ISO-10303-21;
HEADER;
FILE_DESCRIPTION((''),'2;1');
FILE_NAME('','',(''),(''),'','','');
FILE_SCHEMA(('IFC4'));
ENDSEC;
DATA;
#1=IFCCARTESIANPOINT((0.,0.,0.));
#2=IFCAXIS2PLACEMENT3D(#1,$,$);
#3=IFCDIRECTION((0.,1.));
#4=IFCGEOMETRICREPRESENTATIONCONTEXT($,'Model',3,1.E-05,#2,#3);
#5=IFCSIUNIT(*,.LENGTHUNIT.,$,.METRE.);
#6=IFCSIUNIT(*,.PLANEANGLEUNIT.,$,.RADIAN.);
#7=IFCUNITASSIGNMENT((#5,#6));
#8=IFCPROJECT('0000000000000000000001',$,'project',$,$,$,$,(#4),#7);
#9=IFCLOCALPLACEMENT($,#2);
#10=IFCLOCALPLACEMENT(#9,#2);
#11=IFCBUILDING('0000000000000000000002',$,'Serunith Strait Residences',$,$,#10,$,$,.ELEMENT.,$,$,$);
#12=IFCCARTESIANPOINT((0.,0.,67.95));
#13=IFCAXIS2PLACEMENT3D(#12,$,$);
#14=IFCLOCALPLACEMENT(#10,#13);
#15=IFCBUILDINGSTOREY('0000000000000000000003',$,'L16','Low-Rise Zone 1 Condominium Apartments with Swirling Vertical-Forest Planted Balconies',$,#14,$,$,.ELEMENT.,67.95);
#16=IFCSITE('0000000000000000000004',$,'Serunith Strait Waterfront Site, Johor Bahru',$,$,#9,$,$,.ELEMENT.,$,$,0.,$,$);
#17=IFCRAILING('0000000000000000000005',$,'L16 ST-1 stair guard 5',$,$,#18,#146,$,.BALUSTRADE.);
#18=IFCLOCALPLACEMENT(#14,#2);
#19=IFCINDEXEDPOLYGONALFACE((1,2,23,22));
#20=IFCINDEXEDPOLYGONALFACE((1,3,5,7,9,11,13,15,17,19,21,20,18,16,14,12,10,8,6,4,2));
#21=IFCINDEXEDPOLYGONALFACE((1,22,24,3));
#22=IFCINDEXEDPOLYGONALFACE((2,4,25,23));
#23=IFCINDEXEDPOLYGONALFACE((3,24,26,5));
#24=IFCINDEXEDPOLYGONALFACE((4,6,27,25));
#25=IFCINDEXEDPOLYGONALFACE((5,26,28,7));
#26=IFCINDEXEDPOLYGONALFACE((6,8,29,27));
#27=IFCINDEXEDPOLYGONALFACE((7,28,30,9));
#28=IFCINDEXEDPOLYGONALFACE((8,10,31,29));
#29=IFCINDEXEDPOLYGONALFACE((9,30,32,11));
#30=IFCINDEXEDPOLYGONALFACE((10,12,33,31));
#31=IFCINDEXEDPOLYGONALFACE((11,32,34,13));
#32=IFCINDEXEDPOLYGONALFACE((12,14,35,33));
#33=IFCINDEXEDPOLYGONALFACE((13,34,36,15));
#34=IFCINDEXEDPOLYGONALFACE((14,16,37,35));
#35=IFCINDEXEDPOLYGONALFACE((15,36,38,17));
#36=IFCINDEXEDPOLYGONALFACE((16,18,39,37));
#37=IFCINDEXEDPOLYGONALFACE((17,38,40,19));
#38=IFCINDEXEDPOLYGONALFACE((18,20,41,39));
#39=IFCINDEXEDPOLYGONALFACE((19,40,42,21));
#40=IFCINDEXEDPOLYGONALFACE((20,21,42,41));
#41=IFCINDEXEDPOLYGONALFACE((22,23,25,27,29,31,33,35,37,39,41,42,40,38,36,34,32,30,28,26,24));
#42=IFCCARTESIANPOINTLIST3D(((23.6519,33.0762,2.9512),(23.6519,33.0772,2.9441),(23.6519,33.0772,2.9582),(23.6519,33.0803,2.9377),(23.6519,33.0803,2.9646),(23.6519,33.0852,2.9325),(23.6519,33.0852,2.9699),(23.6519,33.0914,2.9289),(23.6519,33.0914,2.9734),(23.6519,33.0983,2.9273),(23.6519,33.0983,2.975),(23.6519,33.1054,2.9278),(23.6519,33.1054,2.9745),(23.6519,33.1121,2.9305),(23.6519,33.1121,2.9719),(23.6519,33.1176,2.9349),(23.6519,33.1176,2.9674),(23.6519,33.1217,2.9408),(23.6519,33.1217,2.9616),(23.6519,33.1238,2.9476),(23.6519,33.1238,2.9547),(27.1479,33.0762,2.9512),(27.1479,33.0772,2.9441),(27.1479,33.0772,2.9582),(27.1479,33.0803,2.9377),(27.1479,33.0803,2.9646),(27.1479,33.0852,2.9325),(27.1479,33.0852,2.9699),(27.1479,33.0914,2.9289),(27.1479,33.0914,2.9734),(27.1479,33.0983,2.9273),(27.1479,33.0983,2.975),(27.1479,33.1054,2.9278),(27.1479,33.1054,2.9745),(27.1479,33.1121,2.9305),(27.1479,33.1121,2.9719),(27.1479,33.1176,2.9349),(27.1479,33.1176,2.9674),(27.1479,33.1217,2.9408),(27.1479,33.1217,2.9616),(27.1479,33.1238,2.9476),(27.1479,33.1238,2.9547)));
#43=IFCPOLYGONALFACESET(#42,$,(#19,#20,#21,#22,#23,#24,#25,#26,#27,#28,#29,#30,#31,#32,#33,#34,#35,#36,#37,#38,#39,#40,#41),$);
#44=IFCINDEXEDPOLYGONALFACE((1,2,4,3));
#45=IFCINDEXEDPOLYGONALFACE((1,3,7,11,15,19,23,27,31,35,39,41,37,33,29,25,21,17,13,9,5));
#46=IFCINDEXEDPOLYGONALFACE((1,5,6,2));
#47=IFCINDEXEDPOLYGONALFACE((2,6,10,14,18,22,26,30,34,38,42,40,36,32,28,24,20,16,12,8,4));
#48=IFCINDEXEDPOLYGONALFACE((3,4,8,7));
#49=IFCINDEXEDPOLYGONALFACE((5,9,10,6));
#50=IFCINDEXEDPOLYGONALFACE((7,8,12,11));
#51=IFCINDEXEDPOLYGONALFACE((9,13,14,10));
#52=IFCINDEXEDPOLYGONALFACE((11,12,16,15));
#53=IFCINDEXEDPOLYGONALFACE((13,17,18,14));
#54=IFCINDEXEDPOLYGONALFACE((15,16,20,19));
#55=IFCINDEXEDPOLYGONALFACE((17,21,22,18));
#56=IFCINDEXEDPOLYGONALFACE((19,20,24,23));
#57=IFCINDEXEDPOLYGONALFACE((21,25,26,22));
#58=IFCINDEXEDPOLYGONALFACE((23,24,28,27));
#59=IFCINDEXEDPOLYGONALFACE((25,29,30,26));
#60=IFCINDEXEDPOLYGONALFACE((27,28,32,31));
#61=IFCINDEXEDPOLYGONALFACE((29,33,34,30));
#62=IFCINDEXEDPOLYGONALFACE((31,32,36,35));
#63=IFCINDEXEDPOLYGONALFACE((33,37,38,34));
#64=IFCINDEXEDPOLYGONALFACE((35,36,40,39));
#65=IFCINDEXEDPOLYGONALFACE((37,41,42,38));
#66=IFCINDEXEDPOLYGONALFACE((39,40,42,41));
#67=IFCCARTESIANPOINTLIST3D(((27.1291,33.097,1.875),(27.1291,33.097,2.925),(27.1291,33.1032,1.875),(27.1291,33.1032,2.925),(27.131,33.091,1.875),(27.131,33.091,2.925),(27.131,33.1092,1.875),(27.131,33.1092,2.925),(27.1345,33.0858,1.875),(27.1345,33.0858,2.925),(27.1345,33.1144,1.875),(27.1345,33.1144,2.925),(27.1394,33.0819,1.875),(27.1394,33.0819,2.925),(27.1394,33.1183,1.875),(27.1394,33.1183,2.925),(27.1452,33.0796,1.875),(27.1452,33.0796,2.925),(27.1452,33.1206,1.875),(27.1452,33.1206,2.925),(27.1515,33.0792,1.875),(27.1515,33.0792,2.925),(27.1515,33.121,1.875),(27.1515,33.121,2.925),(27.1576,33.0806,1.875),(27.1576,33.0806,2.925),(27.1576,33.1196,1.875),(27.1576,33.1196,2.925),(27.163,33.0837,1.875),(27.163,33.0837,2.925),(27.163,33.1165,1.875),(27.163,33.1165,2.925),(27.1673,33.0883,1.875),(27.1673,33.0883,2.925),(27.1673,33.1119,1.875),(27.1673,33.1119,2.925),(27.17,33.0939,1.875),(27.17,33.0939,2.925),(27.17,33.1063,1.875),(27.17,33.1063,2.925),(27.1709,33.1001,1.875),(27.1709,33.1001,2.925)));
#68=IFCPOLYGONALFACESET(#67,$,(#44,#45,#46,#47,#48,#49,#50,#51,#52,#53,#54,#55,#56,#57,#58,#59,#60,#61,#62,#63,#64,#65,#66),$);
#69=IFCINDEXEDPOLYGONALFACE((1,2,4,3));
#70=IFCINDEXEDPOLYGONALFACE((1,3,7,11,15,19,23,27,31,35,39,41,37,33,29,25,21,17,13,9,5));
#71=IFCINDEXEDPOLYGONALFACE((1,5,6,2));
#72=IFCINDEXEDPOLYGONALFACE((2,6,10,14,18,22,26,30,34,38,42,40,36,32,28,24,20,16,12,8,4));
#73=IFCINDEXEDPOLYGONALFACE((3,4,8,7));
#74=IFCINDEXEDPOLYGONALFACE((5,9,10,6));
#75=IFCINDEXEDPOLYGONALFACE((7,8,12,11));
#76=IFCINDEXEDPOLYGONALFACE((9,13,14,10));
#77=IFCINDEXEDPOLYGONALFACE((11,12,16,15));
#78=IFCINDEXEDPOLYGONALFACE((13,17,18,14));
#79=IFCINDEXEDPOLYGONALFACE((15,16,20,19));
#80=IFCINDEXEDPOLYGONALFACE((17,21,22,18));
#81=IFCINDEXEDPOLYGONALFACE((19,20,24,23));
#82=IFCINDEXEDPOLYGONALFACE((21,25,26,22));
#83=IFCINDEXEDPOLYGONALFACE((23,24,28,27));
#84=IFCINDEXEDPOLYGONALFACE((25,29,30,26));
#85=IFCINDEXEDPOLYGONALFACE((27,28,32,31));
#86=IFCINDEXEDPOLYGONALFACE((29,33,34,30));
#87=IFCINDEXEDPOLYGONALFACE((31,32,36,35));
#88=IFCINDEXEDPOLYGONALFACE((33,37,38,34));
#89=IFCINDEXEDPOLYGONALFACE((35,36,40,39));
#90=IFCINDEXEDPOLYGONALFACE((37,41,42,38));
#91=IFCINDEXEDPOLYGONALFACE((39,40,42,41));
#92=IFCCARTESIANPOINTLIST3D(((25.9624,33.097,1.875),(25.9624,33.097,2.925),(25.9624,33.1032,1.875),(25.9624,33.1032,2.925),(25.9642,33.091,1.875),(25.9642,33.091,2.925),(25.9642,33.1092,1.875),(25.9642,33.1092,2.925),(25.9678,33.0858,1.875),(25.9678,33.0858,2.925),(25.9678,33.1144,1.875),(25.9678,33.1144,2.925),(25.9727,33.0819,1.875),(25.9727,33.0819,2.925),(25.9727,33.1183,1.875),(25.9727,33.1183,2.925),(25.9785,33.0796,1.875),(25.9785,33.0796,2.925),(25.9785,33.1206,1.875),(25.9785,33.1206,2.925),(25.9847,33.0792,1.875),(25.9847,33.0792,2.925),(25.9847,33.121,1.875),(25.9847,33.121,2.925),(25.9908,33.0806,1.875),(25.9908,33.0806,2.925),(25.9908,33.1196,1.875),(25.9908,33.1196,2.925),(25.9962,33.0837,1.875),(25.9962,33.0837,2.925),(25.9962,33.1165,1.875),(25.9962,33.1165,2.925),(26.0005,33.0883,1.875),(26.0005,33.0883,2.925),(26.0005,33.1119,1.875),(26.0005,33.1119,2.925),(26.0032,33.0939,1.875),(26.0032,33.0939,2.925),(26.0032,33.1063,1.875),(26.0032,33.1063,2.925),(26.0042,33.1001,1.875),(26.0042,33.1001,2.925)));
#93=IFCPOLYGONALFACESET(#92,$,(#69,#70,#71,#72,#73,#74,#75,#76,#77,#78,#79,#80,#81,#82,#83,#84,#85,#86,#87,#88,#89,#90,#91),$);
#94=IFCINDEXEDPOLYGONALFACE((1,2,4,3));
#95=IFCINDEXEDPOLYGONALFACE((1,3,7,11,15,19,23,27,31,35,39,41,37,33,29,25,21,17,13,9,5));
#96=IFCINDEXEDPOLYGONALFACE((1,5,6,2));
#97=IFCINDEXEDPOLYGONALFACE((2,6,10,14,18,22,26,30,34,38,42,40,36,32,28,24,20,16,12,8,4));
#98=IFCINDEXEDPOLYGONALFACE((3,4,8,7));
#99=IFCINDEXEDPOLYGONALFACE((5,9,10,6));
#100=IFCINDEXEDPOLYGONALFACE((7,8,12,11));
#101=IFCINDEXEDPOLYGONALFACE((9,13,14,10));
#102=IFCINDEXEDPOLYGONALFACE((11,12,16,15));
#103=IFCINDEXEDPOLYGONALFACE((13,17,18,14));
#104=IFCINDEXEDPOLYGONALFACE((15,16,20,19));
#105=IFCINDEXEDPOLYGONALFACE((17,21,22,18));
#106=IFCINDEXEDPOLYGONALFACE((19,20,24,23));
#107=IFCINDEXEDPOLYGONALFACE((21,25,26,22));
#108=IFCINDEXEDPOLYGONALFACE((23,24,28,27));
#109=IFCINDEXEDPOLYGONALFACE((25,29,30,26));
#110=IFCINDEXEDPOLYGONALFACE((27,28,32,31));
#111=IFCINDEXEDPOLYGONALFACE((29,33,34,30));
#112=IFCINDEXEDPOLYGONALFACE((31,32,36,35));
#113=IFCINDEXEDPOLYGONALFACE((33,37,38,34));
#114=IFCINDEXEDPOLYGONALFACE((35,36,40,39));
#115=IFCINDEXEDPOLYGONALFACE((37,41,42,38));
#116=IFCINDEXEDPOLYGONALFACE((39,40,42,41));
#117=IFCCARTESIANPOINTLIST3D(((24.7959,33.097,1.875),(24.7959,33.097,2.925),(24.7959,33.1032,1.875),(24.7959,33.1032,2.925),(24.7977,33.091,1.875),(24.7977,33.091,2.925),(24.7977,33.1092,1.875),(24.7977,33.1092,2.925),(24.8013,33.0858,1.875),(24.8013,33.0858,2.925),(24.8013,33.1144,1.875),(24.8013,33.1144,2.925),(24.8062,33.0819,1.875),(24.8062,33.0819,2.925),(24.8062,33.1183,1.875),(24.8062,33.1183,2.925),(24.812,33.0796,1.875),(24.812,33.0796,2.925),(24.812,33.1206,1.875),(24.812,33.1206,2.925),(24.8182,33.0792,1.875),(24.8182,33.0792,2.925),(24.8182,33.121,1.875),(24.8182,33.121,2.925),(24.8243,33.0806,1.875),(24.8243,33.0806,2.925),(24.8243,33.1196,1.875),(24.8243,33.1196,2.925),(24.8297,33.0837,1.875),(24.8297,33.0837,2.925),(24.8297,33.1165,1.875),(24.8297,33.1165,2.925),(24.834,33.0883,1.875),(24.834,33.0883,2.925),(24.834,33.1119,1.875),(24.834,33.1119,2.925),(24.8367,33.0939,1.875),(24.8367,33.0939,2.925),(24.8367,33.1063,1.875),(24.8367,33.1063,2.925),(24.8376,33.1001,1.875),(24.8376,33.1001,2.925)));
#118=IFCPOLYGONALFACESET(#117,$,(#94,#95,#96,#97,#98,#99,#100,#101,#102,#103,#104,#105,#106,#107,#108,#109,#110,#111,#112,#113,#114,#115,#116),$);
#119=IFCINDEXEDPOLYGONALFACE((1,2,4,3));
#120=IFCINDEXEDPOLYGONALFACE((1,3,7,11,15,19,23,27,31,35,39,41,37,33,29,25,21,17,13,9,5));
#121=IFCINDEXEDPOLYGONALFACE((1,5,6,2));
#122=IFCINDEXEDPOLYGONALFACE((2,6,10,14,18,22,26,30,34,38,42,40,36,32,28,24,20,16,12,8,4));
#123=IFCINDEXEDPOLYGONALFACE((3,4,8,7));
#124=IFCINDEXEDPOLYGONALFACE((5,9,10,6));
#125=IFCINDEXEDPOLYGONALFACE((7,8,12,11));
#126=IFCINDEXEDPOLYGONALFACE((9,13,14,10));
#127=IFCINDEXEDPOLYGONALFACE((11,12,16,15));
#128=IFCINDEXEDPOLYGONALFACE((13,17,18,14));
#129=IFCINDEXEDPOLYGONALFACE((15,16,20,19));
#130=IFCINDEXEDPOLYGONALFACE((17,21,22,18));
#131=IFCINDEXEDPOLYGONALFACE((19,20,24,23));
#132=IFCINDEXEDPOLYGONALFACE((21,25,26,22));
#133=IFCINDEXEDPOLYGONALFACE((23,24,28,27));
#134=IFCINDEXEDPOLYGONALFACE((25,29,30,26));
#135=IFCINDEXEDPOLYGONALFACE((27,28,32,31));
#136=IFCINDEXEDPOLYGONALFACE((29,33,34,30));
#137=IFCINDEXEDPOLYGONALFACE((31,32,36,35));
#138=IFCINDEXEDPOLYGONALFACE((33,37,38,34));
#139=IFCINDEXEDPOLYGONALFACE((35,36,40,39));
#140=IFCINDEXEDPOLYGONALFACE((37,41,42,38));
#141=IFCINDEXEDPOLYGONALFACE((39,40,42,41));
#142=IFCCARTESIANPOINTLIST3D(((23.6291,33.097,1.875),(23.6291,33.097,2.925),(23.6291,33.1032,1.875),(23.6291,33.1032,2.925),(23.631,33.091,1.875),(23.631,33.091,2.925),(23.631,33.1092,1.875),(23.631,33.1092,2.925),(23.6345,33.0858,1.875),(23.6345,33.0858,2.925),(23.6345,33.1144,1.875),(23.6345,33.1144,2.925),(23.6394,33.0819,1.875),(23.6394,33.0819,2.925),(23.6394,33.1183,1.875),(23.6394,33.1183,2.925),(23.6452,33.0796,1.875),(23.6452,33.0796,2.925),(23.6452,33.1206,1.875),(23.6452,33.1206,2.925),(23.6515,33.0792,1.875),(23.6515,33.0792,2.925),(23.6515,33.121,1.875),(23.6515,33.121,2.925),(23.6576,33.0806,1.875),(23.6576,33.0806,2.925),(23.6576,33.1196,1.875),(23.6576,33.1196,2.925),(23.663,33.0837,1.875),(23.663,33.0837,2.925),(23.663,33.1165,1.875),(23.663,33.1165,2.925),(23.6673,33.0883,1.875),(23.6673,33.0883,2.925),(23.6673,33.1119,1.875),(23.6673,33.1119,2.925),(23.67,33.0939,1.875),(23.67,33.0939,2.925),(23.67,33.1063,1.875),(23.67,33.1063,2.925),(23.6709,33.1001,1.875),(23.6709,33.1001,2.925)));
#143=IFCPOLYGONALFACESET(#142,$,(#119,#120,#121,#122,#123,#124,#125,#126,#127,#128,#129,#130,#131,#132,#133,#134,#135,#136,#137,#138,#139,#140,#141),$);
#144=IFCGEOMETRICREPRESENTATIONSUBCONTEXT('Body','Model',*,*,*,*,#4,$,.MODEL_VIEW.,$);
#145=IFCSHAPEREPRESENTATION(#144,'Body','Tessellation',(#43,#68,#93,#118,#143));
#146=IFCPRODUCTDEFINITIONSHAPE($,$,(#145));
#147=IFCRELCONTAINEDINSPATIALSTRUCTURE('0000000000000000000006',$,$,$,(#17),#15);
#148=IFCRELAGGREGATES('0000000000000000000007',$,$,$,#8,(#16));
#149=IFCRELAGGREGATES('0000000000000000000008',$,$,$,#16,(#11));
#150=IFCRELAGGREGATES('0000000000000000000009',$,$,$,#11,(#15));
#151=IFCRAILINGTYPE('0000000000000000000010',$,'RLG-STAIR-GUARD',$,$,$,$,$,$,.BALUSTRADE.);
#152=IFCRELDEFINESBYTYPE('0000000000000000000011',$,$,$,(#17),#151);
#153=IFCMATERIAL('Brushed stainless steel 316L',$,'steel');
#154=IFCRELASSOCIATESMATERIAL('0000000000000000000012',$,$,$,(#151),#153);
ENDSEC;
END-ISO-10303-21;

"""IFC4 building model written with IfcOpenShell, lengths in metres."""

from ifc_helpers import new_model, si_unit, direction, frame, origin, origin_2d, place, context, subcontext, project, spatial, circle, extrude, material, type_object, element, save


model = new_model("IFC4")

# Units and contexts
model_context = context("Model", 3, precision=1e-05, world=origin(), true_north=direction((0.0, 1.0)))
body_context = subcontext(model_context, "Body", "Model", "MODEL_VIEW")
ifc_project = project(units=[si_unit("LENGTHUNIT", "METRE"), si_unit("PLANEANGLEUNIT", "RADIAN")], contexts=[model_context])

# Site, building, storey
site_placement = place(None, origin())
site = spatial("IfcSite", under=ifc_project, at=site_placement, Name="Serunith Strait Waterfront Site, Johor Bahru", CompositionType="ELEMENT", RefElevation=0.0)
building_placement = place(site_placement, origin())
building = spatial("IfcBuilding", under=site, at=building_placement, Name="Serunith Strait Residences", CompositionType="ELEMENT")
storey_placement = place(building_placement, frame((0.0, 0.0, 67.95)))
storey = spatial("IfcBuildingStorey", under=building, at=storey_placement, Name="L16", Description="Low-Rise Zone 1 Condominium Apartments with Swirling Vertical-Forest Planted Balconies", CompositionType="ELEMENT", Elevation=67.95)

# Railing
ifc_material_1 = material(Name="Brushed stainless steel 316L", Category="steel")
railing_type_1 = type_object("IfcRailingType", Name="RLG-STAIR-GUARD", PredefinedType="BALUSTRADE", material=ifc_material_1)
railing_1_placement = place(storey_placement, frame((27.1499, 33.1001, 1.875)))
element("IfcRailing", 1, at=railing_1_placement, inside=storey, type_object=railing_type_1, Name="L16 ST-1 stair guard 5", PredefinedType="BALUSTRADE", context=body_context, shape_type="SweptSolid", body=[
    extrude(circle(Radius=0.0239, at=origin_2d()), frame((-0.002, 0.0, 1.0762), z_axis=(-1.0, 0.0, 0.0), x_axis=(0.0, -1.0, 0.0)), (0.0, 0.0, 1.0), 3.4961),
    extrude(circle(Radius=0.021, at=origin_2d()), origin(), (0.0, 0.0, 1.0), 1.05),
    extrude(circle(Radius=0.021, at=origin_2d()), frame((-1.1667, 0.0, 0.0)), (0.0, 0.0, 1.0), 1.05),
    extrude(circle(Radius=0.021, at=origin_2d()), frame((-2.3333, 0.0, 0.0)), (0.0, 0.0, 1.0), 1.05),
    extrude(circle(Radius=0.021, at=origin_2d()), frame((-3.5, 0.0, 0.0)), (0.0, 0.0, 1.0), 1.05),
])

save(model, "model.ifc")
